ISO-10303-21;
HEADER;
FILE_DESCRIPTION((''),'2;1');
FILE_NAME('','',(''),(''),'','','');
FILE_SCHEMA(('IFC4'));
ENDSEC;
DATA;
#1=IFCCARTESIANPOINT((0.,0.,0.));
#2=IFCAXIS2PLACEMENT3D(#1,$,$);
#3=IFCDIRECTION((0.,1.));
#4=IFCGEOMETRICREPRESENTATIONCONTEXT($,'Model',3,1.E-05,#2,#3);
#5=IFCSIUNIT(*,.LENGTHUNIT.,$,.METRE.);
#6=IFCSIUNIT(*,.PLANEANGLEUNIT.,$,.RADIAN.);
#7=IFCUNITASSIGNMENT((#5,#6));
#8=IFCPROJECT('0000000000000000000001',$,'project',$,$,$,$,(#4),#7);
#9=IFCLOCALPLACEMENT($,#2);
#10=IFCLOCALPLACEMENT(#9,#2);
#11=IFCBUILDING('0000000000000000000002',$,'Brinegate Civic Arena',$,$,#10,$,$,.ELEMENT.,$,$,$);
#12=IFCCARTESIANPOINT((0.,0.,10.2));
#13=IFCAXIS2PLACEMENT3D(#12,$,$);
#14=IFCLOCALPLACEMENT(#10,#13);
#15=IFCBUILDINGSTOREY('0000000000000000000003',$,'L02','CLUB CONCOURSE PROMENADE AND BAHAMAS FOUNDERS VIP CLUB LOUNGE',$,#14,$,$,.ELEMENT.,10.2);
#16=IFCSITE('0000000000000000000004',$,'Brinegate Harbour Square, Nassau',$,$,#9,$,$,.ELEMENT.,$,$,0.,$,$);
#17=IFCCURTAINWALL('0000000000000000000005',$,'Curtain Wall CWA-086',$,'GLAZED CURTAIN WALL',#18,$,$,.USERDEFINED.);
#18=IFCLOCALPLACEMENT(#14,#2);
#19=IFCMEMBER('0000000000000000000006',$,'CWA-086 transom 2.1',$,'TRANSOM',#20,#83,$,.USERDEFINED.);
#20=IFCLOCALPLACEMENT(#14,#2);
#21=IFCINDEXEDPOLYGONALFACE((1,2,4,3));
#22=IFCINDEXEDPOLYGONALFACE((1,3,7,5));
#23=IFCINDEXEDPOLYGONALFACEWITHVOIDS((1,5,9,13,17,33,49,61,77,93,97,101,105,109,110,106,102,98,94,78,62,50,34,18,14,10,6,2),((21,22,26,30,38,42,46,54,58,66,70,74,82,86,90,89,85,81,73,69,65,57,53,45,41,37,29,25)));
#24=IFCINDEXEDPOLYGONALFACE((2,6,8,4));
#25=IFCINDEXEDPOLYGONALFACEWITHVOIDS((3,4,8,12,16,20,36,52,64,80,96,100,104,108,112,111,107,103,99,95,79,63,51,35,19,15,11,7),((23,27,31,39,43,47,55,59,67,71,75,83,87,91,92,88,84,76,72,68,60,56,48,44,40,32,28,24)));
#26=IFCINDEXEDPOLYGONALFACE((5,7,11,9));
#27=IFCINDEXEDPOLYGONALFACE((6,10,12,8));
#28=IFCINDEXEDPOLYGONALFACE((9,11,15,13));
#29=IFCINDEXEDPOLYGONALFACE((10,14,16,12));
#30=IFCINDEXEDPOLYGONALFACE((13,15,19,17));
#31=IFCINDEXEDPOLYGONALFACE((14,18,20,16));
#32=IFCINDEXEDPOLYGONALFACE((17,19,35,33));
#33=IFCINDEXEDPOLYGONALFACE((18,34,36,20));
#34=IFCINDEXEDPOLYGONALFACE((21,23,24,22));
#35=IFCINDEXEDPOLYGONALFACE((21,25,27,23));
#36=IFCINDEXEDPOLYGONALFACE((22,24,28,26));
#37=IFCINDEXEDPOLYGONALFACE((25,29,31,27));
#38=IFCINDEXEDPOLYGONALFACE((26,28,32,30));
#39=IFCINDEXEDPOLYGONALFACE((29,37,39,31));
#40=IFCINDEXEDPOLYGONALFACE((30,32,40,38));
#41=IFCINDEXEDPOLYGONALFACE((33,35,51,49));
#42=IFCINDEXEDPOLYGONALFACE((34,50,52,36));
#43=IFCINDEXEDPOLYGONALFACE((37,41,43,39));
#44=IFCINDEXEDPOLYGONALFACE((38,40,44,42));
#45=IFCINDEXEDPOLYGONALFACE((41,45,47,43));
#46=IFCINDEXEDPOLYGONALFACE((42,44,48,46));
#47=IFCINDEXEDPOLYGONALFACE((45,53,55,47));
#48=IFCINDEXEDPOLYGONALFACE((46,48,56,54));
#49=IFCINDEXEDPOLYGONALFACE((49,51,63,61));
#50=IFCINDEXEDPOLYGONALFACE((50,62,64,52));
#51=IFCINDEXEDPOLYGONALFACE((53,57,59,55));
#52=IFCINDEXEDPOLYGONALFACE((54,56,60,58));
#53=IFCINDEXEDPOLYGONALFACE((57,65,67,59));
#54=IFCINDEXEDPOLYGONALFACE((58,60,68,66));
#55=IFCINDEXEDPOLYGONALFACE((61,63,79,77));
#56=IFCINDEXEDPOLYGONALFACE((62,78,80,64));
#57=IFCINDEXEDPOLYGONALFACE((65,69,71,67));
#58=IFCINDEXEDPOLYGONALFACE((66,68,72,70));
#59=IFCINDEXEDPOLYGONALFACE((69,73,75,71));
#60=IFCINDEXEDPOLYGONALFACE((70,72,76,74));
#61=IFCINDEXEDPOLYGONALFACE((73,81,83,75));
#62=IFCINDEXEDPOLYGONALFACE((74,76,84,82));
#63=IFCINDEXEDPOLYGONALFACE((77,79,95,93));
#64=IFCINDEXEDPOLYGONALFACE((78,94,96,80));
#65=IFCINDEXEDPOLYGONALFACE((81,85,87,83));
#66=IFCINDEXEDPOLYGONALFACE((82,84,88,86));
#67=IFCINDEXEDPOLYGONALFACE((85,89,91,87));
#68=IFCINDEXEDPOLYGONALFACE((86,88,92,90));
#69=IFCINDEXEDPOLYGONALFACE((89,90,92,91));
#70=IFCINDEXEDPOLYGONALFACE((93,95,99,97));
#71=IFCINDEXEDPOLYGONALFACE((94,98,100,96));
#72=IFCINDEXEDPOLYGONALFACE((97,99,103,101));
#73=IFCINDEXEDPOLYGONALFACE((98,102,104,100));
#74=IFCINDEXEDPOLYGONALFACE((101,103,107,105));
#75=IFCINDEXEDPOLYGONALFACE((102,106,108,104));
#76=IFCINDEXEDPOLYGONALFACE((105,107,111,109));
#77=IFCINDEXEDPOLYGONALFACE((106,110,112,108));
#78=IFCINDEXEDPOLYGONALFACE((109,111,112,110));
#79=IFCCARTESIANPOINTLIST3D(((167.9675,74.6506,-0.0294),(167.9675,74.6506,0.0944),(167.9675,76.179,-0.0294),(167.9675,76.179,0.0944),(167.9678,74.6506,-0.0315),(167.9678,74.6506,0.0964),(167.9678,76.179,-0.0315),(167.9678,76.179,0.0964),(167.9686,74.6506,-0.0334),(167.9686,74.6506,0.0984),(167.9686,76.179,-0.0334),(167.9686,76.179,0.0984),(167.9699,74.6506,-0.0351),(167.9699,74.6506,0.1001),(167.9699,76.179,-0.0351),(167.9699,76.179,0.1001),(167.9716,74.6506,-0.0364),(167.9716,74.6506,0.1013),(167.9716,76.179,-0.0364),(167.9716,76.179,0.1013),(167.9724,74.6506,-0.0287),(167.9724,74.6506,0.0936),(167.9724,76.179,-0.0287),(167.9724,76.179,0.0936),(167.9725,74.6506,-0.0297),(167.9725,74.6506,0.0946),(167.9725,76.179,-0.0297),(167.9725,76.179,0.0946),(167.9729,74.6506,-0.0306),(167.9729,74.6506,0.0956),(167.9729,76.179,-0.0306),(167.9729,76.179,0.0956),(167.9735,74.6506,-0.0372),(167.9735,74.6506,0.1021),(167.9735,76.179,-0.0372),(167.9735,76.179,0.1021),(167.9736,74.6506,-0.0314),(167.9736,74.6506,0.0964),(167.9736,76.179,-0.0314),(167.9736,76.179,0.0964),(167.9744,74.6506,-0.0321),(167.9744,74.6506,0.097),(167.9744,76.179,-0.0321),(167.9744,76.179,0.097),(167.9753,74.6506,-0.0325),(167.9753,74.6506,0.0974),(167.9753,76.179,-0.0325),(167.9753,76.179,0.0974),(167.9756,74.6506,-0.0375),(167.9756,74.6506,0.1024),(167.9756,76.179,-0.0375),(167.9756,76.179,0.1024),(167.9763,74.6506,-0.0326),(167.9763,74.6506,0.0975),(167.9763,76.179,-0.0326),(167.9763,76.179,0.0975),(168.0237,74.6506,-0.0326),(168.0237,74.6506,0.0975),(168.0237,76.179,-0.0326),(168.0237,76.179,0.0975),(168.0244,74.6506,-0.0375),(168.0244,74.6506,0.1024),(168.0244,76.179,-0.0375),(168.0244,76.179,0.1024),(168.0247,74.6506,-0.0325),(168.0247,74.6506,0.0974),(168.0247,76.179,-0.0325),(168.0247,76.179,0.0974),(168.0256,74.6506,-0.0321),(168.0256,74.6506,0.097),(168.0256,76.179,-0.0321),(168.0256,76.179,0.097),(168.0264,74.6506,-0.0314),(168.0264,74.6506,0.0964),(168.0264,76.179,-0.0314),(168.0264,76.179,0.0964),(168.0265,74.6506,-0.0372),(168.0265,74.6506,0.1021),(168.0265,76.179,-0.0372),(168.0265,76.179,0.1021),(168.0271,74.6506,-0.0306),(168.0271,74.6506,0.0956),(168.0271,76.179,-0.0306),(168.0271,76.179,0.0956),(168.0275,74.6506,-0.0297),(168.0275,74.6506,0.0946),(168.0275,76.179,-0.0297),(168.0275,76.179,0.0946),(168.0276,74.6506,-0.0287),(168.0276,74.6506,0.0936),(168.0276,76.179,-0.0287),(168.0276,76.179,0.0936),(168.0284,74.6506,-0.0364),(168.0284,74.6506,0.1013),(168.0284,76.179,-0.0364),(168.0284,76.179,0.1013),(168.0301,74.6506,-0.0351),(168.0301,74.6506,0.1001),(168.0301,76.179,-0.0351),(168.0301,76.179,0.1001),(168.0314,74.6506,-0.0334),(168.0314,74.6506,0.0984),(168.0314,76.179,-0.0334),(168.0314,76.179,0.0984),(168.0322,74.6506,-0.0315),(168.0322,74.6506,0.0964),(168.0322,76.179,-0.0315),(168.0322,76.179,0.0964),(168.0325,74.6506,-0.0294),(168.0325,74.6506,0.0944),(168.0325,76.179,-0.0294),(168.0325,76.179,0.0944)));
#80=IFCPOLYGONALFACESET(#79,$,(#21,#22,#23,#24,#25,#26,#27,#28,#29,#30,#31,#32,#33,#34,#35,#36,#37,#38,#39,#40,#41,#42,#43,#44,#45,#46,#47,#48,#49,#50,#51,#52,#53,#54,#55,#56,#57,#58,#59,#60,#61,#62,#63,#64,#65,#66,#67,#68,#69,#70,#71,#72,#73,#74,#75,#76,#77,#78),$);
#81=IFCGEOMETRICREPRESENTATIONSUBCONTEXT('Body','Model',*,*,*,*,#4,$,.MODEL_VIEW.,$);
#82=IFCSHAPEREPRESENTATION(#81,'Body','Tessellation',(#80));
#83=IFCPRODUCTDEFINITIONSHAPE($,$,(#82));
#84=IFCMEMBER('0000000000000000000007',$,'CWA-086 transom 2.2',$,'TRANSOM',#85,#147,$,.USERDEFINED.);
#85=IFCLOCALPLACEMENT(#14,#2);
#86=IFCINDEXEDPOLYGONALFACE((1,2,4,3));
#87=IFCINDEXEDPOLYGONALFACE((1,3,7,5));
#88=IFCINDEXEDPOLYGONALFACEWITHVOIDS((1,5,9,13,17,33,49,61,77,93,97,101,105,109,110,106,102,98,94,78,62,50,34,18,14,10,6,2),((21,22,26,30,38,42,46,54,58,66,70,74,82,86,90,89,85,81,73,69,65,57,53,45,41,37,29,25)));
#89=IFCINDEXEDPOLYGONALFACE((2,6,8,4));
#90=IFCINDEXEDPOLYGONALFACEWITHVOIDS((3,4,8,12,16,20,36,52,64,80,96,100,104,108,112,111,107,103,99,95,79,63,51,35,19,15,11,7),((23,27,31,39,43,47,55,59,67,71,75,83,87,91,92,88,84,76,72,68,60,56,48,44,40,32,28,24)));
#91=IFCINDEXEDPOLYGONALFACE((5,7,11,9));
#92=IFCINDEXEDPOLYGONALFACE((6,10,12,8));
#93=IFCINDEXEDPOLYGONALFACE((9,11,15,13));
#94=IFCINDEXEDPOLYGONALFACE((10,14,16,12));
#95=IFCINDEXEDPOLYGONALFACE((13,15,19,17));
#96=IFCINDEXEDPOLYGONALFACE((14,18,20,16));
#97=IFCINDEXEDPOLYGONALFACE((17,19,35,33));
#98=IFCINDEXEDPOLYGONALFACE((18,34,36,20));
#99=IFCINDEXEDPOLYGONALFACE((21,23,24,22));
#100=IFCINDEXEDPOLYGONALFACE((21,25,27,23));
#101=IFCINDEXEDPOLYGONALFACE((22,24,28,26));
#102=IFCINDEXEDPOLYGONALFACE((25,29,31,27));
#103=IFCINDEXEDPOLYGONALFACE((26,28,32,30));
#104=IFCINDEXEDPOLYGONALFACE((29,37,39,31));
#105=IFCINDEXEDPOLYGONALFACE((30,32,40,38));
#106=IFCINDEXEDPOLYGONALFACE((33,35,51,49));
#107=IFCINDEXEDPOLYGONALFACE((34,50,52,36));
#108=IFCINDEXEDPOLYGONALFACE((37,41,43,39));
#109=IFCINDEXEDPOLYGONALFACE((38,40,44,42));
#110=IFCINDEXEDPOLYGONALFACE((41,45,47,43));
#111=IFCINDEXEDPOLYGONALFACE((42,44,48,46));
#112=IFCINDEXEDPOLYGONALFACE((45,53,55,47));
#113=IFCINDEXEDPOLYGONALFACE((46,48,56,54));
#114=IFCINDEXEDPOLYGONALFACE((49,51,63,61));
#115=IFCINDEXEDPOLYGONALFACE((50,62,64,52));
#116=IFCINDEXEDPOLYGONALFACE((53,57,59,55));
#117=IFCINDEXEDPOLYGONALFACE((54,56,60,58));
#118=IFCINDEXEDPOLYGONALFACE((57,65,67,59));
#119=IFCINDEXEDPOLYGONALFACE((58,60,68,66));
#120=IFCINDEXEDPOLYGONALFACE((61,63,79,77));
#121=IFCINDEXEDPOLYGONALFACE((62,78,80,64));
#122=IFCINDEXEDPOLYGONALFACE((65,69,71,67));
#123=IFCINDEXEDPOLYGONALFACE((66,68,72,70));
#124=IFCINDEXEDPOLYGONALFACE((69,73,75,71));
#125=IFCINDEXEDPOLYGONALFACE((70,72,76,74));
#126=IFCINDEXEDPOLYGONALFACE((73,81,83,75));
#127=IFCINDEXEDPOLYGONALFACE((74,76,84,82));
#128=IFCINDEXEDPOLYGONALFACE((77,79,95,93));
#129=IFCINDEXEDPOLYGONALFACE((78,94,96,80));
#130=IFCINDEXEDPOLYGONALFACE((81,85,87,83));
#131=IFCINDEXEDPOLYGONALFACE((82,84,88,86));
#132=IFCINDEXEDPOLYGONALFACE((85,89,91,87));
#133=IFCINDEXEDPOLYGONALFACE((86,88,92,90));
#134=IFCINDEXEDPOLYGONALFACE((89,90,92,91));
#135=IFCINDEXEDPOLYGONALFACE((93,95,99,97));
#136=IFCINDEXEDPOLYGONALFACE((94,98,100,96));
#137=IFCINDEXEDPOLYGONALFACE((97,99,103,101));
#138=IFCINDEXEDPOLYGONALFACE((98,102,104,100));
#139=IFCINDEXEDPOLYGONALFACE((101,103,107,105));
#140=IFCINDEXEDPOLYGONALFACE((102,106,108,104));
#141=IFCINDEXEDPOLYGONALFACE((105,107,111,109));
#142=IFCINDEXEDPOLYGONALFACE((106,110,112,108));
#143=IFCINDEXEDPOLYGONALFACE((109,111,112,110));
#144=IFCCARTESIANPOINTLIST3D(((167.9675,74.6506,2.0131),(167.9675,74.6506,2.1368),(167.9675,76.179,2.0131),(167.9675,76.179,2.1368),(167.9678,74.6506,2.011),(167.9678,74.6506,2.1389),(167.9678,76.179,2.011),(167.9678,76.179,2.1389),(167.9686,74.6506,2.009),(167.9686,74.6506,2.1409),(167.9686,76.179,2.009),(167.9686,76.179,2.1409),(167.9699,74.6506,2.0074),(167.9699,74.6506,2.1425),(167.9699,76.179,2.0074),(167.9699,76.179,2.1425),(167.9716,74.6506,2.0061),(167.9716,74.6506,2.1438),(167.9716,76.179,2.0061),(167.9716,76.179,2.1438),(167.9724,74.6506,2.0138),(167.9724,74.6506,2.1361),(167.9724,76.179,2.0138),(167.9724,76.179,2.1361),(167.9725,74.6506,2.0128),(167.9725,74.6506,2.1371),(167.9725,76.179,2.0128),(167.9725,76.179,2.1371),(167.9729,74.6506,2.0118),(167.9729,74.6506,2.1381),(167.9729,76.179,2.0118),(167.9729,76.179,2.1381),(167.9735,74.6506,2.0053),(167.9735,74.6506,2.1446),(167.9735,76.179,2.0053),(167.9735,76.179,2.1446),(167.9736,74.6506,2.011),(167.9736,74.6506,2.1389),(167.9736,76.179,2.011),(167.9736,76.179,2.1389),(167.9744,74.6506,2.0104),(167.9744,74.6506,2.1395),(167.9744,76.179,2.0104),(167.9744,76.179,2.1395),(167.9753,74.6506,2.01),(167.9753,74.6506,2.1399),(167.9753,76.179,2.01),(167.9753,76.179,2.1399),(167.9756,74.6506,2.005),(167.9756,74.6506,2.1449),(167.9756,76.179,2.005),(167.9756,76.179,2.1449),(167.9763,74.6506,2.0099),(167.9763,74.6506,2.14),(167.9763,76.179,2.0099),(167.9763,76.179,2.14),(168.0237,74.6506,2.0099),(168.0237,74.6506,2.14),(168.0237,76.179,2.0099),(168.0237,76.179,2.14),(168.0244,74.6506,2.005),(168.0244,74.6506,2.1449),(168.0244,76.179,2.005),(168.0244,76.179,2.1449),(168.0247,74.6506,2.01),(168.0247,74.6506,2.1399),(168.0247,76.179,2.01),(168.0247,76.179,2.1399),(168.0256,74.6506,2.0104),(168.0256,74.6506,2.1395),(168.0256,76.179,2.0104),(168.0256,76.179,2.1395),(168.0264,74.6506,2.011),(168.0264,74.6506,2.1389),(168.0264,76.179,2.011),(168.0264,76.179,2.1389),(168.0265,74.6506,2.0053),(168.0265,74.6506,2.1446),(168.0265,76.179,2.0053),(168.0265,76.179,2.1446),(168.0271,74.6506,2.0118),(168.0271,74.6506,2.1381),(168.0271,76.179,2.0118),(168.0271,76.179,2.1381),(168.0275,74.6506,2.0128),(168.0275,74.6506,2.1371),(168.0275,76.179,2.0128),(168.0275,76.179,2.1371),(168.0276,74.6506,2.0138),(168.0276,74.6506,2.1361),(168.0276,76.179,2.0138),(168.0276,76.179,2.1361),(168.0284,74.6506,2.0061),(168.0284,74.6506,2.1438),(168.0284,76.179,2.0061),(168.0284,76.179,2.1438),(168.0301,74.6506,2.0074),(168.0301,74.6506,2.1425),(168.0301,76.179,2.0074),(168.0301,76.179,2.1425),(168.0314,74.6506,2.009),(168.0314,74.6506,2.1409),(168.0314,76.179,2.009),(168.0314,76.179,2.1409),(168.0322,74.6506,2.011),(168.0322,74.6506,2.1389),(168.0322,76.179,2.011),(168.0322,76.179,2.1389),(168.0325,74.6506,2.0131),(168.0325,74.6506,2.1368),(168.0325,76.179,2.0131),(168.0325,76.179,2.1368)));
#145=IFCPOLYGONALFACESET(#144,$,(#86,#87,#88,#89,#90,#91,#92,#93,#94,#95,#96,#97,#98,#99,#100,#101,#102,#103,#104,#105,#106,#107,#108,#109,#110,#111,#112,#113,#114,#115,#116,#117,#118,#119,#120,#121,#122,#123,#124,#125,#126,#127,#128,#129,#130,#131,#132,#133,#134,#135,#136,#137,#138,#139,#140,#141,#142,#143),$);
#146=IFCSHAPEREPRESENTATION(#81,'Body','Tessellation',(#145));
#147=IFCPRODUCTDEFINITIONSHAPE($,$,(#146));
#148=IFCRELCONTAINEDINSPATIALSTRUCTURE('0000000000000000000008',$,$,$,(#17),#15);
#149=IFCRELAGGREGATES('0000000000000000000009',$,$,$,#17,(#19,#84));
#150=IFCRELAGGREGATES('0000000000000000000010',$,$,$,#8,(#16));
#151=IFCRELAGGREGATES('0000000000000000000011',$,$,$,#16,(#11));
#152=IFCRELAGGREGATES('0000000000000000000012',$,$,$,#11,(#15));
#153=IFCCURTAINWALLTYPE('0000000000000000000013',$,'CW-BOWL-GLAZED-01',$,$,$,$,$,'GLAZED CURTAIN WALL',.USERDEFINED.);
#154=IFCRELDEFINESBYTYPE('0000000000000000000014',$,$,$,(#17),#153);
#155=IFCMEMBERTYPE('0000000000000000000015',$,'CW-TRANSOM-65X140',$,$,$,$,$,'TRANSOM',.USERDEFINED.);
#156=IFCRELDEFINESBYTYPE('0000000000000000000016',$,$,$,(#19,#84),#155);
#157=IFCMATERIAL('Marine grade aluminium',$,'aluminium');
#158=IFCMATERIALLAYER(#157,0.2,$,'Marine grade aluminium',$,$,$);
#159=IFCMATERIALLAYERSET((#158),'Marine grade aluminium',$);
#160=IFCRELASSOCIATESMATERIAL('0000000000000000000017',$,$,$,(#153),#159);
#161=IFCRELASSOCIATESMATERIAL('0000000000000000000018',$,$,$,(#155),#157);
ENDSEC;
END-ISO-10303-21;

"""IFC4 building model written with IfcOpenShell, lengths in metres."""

from ifc_helpers import new_model, si_unit, direction, frame, origin, origin_2d, place, context, subcontext, project, spatial, hollow_rectangle, extrude, material, layer, layer_set, material_profile, profile_set, type_object, element, aggregate, save


model = new_model("IFC4")

# Units and contexts
model_context = context("Model", 3, precision=1e-05, world=origin(), true_north=direction((0.0, 1.0)))
body_context = subcontext(model_context, "Body", "Model", "MODEL_VIEW")
ifc_project = project(units=[si_unit("LENGTHUNIT", "METRE"), si_unit("PLANEANGLEUNIT", "RADIAN")], contexts=[model_context])

# Site, building, storey
site_placement = place(None, origin())
site = spatial("IfcSite", under=ifc_project, at=site_placement, Name="Brinegate Harbour Square, Nassau", CompositionType="ELEMENT", RefElevation=0.0)
building_placement = place(site_placement, origin())
building = spatial("IfcBuilding", under=site, at=building_placement, Name="Brinegate Civic Arena", CompositionType="ELEMENT")
storey_placement = place(building_placement, frame((0.0, 0.0, 10.2)))
storey = spatial("IfcBuildingStorey", under=building, at=storey_placement, Name="L02", Description="CLUB CONCOURSE PROMENADE AND BAHAMAS FOUNDERS VIP CLUB LOUNGE", CompositionType="ELEMENT", Elevation=10.2)

# Shared definitions
ifc_material_1 = material(Name="Marine grade aluminium", Category="aluminium")
ifc_layer_1 = layer(ifc_material_1, 0.2, Name="Marine grade aluminium")
ifc_layer_set_1 = layer_set([ifc_layer_1], Name="Marine grade aluminium")
curtain_wall_type = type_object("IfcCurtainWallType", Name="CW-BOWL-GLAZED-01", ElementType="GLAZED CURTAIN WALL", PredefinedType="USERDEFINED", material=ifc_layer_set_1)

# Curtain wall, members
curtain_wall_1_placement = place(storey_placement, origin())
curtain_wall_1 = element("IfcCurtainWall", 1, at=curtain_wall_1_placement, inside=storey, type_object=curtain_wall_type, Name="Curtain Wall CWA-086", ObjectType="GLAZED CURTAIN WALL", PredefinedType="USERDEFINED")
ifc_material_profile_1 = material_profile(ifc_material_1, hollow_rectangle(XDim=0.0649, YDim=0.1399, WallThickness=0.0049, InnerFilletRadius=0.0039, OuterFilletRadius=0.0081, at=origin_2d()), Name="TRN65X140")
ifc_profile_set_1 = profile_set([ifc_material_profile_1], Name="Marine grade aluminium")
member_type_1 = type_object("IfcMemberType", Name="CW-TRANSOM-65X140", ElementType="TRANSOM", PredefinedType="USERDEFINED", material=ifc_profile_set_1)
member_1_placement = place(storey_placement, frame((168.0, 74.6506, 0.0325), z_axis=(0.0, 1.0, 0.0), x_axis=(-1.0, 0.0, 0.0)))
member_1 = element("IfcMember", 2, at=member_1_placement, type_object=member_type_1, Name="CWA-086 transom 2.1", ObjectType="TRANSOM", PredefinedType="USERDEFINED", context=body_context, shape_type="SweptSolid", body=[
    extrude(hollow_rectangle(XDim=0.0649, YDim=0.1399, WallThickness=0.0049, InnerFilletRadius=0.0039, OuterFilletRadius=0.0081, at=origin_2d()), origin(), (0.0, 0.0, 1.0), 1.5283),
])
member_2_placement = place(storey_placement, frame((168.0, 74.6506, 2.075), z_axis=(0.0, 1.0, 0.0), x_axis=(-1.0, 0.0, 0.0)))
member_2 = element("IfcMember", 3, at=member_2_placement, type_object=member_type_1, Name="CWA-086 transom 2.2", ObjectType="TRANSOM", PredefinedType="USERDEFINED", context=body_context, shape_type="SweptSolid", body=[
    extrude(hollow_rectangle(XDim=0.0649, YDim=0.1399, WallThickness=0.0049, InnerFilletRadius=0.0039, OuterFilletRadius=0.0081, at=origin_2d()), origin(), (0.0, 0.0, 1.0), 1.5283),
])

aggregate(curtain_wall_1, [member_1, member_2])

save(model, "model.ifc")
